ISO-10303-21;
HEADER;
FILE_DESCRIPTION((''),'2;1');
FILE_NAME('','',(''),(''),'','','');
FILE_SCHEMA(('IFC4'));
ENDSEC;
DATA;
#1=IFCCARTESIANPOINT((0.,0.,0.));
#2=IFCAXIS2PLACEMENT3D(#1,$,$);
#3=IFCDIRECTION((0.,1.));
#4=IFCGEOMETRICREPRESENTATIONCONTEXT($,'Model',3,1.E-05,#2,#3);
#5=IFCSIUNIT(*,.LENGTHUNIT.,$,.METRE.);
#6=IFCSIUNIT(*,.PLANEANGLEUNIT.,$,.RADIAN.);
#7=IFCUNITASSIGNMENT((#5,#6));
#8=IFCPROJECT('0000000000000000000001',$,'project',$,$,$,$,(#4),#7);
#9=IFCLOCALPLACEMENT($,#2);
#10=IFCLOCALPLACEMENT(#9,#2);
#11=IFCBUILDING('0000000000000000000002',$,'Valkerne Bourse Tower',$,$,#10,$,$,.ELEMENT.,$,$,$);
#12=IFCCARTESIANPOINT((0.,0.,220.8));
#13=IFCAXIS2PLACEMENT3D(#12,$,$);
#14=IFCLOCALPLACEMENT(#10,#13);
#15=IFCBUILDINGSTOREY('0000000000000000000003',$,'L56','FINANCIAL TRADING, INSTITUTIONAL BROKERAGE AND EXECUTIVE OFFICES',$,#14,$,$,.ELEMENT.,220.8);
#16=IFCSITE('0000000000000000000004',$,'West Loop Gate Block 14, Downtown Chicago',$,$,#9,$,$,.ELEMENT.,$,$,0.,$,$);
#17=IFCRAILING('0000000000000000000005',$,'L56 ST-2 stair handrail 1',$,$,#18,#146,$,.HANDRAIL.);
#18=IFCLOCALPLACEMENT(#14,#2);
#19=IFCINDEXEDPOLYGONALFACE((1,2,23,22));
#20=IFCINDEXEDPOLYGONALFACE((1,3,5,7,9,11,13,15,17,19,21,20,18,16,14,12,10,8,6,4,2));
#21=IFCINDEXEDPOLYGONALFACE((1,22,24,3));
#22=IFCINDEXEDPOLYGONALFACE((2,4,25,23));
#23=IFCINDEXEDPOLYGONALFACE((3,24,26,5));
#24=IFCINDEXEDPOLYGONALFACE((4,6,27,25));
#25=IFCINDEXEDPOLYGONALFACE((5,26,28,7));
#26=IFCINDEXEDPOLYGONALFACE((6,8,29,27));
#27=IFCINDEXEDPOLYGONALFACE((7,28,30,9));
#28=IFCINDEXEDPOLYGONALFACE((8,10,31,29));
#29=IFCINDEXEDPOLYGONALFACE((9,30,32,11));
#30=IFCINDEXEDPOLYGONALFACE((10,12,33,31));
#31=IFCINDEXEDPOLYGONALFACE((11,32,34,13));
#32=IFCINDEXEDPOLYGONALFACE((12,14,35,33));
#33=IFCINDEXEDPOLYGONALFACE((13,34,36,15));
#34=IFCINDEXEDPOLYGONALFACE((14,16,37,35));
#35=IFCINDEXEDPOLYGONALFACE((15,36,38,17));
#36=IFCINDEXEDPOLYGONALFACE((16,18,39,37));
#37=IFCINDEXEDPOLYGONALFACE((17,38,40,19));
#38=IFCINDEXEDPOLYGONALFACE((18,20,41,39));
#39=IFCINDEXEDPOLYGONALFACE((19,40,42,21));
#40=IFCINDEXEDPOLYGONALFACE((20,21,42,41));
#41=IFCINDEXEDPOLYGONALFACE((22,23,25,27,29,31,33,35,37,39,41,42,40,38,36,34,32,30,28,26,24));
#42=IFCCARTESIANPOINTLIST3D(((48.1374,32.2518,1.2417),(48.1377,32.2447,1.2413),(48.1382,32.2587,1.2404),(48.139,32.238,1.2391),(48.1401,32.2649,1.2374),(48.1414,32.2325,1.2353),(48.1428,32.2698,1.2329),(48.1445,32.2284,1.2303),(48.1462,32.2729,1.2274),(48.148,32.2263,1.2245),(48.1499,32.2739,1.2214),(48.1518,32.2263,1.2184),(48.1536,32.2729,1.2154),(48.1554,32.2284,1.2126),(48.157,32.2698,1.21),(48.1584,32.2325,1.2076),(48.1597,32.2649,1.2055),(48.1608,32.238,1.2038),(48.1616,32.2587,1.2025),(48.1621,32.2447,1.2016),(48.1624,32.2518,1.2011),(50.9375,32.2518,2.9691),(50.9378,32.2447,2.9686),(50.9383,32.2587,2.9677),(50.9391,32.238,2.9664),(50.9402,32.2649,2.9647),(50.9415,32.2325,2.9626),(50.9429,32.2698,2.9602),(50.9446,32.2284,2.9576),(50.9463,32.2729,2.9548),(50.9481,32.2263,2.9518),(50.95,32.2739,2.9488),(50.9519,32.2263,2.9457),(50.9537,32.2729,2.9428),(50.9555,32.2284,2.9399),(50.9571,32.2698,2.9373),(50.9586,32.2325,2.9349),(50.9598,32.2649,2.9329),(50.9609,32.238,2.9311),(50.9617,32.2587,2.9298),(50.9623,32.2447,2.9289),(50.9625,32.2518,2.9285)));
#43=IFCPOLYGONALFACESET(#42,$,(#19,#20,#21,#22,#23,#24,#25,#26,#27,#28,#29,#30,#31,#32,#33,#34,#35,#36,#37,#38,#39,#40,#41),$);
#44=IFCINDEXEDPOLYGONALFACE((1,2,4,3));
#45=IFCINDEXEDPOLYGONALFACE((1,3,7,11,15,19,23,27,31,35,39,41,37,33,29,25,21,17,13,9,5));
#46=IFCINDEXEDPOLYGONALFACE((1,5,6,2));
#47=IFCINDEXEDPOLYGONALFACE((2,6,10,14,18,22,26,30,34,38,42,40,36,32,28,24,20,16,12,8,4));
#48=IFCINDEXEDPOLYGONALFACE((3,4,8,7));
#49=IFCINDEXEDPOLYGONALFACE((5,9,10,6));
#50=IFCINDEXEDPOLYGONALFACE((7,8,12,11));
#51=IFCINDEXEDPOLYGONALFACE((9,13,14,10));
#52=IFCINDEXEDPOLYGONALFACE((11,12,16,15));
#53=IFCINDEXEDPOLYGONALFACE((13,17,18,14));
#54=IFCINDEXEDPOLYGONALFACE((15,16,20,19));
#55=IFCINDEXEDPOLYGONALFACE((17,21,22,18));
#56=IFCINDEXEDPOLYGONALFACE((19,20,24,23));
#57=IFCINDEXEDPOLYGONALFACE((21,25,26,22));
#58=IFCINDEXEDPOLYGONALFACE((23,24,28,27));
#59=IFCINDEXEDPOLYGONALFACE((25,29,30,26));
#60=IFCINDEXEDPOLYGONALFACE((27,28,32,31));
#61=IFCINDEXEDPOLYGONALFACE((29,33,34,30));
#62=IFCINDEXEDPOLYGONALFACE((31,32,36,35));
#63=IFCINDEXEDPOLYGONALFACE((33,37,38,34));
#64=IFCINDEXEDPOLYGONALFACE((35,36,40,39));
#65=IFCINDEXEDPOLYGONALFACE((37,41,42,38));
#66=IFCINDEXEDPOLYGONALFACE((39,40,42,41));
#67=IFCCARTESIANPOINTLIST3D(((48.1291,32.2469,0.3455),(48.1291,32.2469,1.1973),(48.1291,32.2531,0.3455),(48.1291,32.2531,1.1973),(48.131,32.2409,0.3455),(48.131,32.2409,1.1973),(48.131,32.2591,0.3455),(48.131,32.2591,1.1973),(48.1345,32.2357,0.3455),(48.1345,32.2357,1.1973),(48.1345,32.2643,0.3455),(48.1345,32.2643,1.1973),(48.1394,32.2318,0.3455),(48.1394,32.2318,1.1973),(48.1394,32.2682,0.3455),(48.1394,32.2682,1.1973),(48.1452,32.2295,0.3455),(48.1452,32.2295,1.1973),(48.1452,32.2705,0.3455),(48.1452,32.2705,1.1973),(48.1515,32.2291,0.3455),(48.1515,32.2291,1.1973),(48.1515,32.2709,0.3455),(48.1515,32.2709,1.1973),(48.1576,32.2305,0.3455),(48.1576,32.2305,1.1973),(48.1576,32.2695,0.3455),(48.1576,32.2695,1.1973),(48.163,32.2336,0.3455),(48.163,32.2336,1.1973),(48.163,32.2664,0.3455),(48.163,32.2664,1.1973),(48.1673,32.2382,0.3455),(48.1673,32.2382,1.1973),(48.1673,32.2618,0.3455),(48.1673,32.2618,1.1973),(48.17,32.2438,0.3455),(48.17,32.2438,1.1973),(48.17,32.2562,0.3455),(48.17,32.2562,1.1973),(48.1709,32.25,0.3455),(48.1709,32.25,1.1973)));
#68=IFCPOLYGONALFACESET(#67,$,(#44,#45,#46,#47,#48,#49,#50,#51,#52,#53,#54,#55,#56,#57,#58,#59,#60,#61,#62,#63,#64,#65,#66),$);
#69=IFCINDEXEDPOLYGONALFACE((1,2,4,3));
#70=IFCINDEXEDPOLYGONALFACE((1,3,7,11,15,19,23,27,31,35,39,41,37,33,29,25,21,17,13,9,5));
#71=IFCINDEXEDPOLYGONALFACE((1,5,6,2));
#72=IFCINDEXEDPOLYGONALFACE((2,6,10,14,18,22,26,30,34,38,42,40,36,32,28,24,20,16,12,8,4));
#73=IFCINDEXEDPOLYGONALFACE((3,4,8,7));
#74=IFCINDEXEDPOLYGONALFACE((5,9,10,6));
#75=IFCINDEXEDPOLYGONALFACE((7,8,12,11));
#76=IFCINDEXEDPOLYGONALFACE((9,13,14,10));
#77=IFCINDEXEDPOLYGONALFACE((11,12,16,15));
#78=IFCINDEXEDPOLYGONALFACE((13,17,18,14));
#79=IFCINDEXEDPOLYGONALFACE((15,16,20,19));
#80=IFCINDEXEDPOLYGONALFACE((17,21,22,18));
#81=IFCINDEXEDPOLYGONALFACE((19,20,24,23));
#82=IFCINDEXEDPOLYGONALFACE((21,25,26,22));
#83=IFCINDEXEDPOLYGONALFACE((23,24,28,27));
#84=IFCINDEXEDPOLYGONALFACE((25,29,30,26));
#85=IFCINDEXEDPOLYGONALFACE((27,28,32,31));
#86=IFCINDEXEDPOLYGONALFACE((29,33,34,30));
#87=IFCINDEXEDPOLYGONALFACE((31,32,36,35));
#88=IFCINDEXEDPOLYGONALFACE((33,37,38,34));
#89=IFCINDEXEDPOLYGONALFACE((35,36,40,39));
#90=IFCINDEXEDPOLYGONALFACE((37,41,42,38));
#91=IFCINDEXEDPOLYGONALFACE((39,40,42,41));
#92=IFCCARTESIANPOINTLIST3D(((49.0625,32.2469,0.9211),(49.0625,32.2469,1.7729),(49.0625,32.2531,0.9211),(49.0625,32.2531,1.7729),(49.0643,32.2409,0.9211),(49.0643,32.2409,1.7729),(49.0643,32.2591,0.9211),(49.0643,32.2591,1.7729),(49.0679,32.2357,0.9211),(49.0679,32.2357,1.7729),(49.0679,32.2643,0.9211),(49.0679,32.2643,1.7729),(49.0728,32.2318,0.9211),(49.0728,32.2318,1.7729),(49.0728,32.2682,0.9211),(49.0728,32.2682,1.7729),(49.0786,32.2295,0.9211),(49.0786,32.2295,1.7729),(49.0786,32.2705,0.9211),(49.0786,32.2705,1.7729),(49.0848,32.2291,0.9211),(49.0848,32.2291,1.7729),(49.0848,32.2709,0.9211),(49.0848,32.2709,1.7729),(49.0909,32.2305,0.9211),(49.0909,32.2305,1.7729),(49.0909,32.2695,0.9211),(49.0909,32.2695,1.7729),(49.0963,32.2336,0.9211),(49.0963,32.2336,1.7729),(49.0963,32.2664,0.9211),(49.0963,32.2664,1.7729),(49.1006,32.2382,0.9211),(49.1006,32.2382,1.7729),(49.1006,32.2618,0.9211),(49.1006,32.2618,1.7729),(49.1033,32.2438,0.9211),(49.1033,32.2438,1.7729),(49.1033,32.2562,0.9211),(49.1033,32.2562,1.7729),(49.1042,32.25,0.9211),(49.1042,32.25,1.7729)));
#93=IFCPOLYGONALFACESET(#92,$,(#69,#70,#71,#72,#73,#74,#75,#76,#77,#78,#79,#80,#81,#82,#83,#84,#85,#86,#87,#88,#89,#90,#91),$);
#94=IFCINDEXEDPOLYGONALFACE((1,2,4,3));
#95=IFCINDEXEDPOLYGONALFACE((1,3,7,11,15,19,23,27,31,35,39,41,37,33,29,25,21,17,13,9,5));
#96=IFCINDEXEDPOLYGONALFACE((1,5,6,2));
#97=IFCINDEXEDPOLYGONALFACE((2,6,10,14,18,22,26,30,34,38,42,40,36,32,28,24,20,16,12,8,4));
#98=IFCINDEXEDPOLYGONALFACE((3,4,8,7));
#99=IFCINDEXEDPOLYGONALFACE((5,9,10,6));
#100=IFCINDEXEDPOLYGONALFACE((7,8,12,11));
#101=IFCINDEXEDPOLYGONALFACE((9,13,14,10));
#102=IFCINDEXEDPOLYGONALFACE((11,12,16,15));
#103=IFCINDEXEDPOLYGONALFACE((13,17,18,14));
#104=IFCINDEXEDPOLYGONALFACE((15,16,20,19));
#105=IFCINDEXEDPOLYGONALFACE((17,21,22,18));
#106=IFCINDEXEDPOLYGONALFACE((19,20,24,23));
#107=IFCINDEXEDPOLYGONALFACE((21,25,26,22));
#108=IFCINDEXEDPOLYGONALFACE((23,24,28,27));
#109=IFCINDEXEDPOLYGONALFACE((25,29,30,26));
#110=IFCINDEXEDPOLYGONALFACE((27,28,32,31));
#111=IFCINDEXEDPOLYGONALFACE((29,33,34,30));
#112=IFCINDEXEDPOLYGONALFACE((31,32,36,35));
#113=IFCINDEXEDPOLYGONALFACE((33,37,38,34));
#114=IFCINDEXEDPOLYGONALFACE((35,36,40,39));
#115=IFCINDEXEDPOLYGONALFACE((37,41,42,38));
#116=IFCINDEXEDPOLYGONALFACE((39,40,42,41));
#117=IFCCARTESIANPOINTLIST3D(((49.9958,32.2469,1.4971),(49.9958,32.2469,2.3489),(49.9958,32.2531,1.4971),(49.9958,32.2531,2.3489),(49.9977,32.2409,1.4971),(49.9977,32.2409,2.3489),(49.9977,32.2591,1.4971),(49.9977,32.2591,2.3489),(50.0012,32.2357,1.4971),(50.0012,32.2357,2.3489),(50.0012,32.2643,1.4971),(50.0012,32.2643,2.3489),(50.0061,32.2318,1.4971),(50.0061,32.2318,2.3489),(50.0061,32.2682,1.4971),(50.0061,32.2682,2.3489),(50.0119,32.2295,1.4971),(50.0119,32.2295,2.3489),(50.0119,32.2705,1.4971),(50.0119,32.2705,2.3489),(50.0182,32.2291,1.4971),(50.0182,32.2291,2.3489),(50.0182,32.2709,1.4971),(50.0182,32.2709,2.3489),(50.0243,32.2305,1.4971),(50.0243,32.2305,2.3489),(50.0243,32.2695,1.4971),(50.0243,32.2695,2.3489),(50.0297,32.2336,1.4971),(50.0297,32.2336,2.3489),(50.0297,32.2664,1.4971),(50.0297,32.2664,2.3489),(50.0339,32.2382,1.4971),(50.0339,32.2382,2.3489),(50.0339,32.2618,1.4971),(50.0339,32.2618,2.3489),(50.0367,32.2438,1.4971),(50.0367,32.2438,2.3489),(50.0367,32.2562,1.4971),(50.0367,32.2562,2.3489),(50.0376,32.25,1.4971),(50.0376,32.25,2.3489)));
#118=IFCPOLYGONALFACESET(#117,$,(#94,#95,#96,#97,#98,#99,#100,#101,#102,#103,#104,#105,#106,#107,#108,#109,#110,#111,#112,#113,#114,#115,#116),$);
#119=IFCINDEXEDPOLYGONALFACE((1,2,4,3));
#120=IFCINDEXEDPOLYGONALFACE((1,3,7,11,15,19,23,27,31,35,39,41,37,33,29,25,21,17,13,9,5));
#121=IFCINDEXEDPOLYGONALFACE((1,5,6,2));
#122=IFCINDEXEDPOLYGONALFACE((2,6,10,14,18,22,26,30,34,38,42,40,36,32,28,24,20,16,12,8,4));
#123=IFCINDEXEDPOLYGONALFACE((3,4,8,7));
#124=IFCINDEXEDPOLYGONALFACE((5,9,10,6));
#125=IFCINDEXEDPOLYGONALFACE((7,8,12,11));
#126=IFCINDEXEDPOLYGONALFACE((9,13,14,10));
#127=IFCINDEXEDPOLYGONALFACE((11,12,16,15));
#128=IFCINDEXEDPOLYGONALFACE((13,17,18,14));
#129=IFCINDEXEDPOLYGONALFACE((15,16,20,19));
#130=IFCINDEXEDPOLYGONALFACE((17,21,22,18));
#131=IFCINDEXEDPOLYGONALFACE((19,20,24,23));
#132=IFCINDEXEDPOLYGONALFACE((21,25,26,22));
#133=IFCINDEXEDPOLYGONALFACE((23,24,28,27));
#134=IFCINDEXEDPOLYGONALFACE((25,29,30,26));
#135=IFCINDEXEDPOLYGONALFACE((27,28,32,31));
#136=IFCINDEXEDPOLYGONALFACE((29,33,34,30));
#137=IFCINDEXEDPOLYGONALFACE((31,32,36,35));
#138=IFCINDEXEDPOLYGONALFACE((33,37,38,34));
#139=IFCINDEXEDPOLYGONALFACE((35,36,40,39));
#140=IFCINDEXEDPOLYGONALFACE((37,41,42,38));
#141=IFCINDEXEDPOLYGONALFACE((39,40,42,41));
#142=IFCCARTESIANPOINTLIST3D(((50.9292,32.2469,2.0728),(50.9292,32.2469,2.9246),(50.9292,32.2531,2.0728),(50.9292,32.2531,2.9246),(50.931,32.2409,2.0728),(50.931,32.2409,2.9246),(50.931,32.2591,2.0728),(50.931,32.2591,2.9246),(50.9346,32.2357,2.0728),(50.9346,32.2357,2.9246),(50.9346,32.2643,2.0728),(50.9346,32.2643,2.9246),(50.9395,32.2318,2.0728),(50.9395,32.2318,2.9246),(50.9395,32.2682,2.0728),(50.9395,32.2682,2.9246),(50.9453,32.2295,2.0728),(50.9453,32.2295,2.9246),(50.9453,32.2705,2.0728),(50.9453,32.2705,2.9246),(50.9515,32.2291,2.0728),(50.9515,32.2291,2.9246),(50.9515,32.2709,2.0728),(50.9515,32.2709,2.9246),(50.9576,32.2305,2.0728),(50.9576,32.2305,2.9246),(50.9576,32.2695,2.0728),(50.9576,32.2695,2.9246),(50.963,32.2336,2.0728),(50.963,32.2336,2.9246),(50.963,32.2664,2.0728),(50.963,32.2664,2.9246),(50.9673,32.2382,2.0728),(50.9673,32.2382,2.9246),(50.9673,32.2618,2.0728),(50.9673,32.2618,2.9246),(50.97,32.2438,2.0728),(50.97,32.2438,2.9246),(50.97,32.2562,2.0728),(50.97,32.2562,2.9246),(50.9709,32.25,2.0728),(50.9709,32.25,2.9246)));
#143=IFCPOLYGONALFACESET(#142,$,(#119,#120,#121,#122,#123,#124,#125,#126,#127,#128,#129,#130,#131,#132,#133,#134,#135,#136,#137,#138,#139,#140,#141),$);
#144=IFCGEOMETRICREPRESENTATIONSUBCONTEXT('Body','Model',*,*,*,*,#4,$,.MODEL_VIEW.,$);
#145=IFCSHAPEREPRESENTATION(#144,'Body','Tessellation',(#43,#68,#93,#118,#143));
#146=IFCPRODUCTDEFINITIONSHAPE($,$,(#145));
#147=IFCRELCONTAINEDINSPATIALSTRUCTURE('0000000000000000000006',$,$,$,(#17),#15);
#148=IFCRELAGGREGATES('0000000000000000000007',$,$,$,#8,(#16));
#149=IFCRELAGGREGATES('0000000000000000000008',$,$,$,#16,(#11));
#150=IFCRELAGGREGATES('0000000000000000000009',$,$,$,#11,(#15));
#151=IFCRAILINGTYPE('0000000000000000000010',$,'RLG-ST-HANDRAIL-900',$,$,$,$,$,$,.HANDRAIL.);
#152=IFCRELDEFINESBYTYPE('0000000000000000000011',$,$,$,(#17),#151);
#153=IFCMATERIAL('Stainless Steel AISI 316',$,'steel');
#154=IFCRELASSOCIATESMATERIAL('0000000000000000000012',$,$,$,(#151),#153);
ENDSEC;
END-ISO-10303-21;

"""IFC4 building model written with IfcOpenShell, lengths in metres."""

from ifc_helpers import new_model, si_unit, direction, frame, origin, origin_2d, place, context, subcontext, project, spatial, circle, extrude, material, type_object, element, save


model = new_model("IFC4")

# Units and contexts
model_context = context("Model", 3, precision=1e-05, world=origin(), true_north=direction((0.0, 1.0)))
body_context = subcontext(model_context, "Body", "Model", "MODEL_VIEW")
ifc_project = project(units=[si_unit("LENGTHUNIT", "METRE"), si_unit("PLANEANGLEUNIT", "RADIAN")], contexts=[model_context])

# Site, building, storey
site_placement = place(None, origin())
site = spatial("IfcSite", under=ifc_project, at=site_placement, Name="West Loop Gate Block 14, Downtown Chicago", CompositionType="ELEMENT", RefElevation=0.0)
building_placement = place(site_placement, origin())
building = spatial("IfcBuilding", under=site, at=building_placement, Name="Valkerne Bourse Tower", CompositionType="ELEMENT")
storey_placement = place(building_placement, frame((0.0, 0.0, 220.8)))
storey = spatial("IfcBuildingStorey", under=building, at=storey_placement, Name="L56", Description="FINANCIAL TRADING, INSTITUTIONAL BROKERAGE AND EXECUTIVE OFFICES", CompositionType="ELEMENT", Elevation=220.8)

# Shared definitions
ifc_material_1 = material(Name="Stainless Steel AISI 316", Category="steel")

# Railing
railing_type_1 = type_object("IfcRailingType", Name="RLG-ST-HANDRAIL-900", PredefinedType="HANDRAIL", material=ifc_material_1)
railing_1_placement = place(storey_placement, frame((48.1499, 32.25, 0.3455)))
element("IfcRailing", 1, at=railing_1_placement, inside=storey, type_object=railing_type_1, Name="L56 ST-2 stair handrail 1", PredefinedType="HANDRAIL", context=body_context, shape_type="SweptSolid", body=[
    extrude(circle(Radius=0.0239, at=origin_2d()), frame((0.0, 0.0, 0.876), z_axis=(0.85109, 0.0, 0.52502), x_axis=(0.0, 1.0, 0.0)), (0.0, 0.0, 1.0), 3.29),
    extrude(circle(Radius=0.021, at=origin_2d()), origin(), (0.0, 0.0, 1.0), 0.8518),
    extrude(circle(Radius=0.021, at=origin_2d()), frame((0.9333, 0.0, 0.5757)), (0.0, 0.0, 1.0), 0.8518),
    extrude(circle(Radius=0.021, at=origin_2d()), frame((1.8667, 0.0, 1.1516)), (0.0, 0.0, 1.0), 0.8518),
    extrude(circle(Radius=0.021, at=origin_2d()), frame((2.8, 0.0, 1.7273)), (0.0, 0.0, 1.0), 0.8518),
])

save(model, "model.ifc")
